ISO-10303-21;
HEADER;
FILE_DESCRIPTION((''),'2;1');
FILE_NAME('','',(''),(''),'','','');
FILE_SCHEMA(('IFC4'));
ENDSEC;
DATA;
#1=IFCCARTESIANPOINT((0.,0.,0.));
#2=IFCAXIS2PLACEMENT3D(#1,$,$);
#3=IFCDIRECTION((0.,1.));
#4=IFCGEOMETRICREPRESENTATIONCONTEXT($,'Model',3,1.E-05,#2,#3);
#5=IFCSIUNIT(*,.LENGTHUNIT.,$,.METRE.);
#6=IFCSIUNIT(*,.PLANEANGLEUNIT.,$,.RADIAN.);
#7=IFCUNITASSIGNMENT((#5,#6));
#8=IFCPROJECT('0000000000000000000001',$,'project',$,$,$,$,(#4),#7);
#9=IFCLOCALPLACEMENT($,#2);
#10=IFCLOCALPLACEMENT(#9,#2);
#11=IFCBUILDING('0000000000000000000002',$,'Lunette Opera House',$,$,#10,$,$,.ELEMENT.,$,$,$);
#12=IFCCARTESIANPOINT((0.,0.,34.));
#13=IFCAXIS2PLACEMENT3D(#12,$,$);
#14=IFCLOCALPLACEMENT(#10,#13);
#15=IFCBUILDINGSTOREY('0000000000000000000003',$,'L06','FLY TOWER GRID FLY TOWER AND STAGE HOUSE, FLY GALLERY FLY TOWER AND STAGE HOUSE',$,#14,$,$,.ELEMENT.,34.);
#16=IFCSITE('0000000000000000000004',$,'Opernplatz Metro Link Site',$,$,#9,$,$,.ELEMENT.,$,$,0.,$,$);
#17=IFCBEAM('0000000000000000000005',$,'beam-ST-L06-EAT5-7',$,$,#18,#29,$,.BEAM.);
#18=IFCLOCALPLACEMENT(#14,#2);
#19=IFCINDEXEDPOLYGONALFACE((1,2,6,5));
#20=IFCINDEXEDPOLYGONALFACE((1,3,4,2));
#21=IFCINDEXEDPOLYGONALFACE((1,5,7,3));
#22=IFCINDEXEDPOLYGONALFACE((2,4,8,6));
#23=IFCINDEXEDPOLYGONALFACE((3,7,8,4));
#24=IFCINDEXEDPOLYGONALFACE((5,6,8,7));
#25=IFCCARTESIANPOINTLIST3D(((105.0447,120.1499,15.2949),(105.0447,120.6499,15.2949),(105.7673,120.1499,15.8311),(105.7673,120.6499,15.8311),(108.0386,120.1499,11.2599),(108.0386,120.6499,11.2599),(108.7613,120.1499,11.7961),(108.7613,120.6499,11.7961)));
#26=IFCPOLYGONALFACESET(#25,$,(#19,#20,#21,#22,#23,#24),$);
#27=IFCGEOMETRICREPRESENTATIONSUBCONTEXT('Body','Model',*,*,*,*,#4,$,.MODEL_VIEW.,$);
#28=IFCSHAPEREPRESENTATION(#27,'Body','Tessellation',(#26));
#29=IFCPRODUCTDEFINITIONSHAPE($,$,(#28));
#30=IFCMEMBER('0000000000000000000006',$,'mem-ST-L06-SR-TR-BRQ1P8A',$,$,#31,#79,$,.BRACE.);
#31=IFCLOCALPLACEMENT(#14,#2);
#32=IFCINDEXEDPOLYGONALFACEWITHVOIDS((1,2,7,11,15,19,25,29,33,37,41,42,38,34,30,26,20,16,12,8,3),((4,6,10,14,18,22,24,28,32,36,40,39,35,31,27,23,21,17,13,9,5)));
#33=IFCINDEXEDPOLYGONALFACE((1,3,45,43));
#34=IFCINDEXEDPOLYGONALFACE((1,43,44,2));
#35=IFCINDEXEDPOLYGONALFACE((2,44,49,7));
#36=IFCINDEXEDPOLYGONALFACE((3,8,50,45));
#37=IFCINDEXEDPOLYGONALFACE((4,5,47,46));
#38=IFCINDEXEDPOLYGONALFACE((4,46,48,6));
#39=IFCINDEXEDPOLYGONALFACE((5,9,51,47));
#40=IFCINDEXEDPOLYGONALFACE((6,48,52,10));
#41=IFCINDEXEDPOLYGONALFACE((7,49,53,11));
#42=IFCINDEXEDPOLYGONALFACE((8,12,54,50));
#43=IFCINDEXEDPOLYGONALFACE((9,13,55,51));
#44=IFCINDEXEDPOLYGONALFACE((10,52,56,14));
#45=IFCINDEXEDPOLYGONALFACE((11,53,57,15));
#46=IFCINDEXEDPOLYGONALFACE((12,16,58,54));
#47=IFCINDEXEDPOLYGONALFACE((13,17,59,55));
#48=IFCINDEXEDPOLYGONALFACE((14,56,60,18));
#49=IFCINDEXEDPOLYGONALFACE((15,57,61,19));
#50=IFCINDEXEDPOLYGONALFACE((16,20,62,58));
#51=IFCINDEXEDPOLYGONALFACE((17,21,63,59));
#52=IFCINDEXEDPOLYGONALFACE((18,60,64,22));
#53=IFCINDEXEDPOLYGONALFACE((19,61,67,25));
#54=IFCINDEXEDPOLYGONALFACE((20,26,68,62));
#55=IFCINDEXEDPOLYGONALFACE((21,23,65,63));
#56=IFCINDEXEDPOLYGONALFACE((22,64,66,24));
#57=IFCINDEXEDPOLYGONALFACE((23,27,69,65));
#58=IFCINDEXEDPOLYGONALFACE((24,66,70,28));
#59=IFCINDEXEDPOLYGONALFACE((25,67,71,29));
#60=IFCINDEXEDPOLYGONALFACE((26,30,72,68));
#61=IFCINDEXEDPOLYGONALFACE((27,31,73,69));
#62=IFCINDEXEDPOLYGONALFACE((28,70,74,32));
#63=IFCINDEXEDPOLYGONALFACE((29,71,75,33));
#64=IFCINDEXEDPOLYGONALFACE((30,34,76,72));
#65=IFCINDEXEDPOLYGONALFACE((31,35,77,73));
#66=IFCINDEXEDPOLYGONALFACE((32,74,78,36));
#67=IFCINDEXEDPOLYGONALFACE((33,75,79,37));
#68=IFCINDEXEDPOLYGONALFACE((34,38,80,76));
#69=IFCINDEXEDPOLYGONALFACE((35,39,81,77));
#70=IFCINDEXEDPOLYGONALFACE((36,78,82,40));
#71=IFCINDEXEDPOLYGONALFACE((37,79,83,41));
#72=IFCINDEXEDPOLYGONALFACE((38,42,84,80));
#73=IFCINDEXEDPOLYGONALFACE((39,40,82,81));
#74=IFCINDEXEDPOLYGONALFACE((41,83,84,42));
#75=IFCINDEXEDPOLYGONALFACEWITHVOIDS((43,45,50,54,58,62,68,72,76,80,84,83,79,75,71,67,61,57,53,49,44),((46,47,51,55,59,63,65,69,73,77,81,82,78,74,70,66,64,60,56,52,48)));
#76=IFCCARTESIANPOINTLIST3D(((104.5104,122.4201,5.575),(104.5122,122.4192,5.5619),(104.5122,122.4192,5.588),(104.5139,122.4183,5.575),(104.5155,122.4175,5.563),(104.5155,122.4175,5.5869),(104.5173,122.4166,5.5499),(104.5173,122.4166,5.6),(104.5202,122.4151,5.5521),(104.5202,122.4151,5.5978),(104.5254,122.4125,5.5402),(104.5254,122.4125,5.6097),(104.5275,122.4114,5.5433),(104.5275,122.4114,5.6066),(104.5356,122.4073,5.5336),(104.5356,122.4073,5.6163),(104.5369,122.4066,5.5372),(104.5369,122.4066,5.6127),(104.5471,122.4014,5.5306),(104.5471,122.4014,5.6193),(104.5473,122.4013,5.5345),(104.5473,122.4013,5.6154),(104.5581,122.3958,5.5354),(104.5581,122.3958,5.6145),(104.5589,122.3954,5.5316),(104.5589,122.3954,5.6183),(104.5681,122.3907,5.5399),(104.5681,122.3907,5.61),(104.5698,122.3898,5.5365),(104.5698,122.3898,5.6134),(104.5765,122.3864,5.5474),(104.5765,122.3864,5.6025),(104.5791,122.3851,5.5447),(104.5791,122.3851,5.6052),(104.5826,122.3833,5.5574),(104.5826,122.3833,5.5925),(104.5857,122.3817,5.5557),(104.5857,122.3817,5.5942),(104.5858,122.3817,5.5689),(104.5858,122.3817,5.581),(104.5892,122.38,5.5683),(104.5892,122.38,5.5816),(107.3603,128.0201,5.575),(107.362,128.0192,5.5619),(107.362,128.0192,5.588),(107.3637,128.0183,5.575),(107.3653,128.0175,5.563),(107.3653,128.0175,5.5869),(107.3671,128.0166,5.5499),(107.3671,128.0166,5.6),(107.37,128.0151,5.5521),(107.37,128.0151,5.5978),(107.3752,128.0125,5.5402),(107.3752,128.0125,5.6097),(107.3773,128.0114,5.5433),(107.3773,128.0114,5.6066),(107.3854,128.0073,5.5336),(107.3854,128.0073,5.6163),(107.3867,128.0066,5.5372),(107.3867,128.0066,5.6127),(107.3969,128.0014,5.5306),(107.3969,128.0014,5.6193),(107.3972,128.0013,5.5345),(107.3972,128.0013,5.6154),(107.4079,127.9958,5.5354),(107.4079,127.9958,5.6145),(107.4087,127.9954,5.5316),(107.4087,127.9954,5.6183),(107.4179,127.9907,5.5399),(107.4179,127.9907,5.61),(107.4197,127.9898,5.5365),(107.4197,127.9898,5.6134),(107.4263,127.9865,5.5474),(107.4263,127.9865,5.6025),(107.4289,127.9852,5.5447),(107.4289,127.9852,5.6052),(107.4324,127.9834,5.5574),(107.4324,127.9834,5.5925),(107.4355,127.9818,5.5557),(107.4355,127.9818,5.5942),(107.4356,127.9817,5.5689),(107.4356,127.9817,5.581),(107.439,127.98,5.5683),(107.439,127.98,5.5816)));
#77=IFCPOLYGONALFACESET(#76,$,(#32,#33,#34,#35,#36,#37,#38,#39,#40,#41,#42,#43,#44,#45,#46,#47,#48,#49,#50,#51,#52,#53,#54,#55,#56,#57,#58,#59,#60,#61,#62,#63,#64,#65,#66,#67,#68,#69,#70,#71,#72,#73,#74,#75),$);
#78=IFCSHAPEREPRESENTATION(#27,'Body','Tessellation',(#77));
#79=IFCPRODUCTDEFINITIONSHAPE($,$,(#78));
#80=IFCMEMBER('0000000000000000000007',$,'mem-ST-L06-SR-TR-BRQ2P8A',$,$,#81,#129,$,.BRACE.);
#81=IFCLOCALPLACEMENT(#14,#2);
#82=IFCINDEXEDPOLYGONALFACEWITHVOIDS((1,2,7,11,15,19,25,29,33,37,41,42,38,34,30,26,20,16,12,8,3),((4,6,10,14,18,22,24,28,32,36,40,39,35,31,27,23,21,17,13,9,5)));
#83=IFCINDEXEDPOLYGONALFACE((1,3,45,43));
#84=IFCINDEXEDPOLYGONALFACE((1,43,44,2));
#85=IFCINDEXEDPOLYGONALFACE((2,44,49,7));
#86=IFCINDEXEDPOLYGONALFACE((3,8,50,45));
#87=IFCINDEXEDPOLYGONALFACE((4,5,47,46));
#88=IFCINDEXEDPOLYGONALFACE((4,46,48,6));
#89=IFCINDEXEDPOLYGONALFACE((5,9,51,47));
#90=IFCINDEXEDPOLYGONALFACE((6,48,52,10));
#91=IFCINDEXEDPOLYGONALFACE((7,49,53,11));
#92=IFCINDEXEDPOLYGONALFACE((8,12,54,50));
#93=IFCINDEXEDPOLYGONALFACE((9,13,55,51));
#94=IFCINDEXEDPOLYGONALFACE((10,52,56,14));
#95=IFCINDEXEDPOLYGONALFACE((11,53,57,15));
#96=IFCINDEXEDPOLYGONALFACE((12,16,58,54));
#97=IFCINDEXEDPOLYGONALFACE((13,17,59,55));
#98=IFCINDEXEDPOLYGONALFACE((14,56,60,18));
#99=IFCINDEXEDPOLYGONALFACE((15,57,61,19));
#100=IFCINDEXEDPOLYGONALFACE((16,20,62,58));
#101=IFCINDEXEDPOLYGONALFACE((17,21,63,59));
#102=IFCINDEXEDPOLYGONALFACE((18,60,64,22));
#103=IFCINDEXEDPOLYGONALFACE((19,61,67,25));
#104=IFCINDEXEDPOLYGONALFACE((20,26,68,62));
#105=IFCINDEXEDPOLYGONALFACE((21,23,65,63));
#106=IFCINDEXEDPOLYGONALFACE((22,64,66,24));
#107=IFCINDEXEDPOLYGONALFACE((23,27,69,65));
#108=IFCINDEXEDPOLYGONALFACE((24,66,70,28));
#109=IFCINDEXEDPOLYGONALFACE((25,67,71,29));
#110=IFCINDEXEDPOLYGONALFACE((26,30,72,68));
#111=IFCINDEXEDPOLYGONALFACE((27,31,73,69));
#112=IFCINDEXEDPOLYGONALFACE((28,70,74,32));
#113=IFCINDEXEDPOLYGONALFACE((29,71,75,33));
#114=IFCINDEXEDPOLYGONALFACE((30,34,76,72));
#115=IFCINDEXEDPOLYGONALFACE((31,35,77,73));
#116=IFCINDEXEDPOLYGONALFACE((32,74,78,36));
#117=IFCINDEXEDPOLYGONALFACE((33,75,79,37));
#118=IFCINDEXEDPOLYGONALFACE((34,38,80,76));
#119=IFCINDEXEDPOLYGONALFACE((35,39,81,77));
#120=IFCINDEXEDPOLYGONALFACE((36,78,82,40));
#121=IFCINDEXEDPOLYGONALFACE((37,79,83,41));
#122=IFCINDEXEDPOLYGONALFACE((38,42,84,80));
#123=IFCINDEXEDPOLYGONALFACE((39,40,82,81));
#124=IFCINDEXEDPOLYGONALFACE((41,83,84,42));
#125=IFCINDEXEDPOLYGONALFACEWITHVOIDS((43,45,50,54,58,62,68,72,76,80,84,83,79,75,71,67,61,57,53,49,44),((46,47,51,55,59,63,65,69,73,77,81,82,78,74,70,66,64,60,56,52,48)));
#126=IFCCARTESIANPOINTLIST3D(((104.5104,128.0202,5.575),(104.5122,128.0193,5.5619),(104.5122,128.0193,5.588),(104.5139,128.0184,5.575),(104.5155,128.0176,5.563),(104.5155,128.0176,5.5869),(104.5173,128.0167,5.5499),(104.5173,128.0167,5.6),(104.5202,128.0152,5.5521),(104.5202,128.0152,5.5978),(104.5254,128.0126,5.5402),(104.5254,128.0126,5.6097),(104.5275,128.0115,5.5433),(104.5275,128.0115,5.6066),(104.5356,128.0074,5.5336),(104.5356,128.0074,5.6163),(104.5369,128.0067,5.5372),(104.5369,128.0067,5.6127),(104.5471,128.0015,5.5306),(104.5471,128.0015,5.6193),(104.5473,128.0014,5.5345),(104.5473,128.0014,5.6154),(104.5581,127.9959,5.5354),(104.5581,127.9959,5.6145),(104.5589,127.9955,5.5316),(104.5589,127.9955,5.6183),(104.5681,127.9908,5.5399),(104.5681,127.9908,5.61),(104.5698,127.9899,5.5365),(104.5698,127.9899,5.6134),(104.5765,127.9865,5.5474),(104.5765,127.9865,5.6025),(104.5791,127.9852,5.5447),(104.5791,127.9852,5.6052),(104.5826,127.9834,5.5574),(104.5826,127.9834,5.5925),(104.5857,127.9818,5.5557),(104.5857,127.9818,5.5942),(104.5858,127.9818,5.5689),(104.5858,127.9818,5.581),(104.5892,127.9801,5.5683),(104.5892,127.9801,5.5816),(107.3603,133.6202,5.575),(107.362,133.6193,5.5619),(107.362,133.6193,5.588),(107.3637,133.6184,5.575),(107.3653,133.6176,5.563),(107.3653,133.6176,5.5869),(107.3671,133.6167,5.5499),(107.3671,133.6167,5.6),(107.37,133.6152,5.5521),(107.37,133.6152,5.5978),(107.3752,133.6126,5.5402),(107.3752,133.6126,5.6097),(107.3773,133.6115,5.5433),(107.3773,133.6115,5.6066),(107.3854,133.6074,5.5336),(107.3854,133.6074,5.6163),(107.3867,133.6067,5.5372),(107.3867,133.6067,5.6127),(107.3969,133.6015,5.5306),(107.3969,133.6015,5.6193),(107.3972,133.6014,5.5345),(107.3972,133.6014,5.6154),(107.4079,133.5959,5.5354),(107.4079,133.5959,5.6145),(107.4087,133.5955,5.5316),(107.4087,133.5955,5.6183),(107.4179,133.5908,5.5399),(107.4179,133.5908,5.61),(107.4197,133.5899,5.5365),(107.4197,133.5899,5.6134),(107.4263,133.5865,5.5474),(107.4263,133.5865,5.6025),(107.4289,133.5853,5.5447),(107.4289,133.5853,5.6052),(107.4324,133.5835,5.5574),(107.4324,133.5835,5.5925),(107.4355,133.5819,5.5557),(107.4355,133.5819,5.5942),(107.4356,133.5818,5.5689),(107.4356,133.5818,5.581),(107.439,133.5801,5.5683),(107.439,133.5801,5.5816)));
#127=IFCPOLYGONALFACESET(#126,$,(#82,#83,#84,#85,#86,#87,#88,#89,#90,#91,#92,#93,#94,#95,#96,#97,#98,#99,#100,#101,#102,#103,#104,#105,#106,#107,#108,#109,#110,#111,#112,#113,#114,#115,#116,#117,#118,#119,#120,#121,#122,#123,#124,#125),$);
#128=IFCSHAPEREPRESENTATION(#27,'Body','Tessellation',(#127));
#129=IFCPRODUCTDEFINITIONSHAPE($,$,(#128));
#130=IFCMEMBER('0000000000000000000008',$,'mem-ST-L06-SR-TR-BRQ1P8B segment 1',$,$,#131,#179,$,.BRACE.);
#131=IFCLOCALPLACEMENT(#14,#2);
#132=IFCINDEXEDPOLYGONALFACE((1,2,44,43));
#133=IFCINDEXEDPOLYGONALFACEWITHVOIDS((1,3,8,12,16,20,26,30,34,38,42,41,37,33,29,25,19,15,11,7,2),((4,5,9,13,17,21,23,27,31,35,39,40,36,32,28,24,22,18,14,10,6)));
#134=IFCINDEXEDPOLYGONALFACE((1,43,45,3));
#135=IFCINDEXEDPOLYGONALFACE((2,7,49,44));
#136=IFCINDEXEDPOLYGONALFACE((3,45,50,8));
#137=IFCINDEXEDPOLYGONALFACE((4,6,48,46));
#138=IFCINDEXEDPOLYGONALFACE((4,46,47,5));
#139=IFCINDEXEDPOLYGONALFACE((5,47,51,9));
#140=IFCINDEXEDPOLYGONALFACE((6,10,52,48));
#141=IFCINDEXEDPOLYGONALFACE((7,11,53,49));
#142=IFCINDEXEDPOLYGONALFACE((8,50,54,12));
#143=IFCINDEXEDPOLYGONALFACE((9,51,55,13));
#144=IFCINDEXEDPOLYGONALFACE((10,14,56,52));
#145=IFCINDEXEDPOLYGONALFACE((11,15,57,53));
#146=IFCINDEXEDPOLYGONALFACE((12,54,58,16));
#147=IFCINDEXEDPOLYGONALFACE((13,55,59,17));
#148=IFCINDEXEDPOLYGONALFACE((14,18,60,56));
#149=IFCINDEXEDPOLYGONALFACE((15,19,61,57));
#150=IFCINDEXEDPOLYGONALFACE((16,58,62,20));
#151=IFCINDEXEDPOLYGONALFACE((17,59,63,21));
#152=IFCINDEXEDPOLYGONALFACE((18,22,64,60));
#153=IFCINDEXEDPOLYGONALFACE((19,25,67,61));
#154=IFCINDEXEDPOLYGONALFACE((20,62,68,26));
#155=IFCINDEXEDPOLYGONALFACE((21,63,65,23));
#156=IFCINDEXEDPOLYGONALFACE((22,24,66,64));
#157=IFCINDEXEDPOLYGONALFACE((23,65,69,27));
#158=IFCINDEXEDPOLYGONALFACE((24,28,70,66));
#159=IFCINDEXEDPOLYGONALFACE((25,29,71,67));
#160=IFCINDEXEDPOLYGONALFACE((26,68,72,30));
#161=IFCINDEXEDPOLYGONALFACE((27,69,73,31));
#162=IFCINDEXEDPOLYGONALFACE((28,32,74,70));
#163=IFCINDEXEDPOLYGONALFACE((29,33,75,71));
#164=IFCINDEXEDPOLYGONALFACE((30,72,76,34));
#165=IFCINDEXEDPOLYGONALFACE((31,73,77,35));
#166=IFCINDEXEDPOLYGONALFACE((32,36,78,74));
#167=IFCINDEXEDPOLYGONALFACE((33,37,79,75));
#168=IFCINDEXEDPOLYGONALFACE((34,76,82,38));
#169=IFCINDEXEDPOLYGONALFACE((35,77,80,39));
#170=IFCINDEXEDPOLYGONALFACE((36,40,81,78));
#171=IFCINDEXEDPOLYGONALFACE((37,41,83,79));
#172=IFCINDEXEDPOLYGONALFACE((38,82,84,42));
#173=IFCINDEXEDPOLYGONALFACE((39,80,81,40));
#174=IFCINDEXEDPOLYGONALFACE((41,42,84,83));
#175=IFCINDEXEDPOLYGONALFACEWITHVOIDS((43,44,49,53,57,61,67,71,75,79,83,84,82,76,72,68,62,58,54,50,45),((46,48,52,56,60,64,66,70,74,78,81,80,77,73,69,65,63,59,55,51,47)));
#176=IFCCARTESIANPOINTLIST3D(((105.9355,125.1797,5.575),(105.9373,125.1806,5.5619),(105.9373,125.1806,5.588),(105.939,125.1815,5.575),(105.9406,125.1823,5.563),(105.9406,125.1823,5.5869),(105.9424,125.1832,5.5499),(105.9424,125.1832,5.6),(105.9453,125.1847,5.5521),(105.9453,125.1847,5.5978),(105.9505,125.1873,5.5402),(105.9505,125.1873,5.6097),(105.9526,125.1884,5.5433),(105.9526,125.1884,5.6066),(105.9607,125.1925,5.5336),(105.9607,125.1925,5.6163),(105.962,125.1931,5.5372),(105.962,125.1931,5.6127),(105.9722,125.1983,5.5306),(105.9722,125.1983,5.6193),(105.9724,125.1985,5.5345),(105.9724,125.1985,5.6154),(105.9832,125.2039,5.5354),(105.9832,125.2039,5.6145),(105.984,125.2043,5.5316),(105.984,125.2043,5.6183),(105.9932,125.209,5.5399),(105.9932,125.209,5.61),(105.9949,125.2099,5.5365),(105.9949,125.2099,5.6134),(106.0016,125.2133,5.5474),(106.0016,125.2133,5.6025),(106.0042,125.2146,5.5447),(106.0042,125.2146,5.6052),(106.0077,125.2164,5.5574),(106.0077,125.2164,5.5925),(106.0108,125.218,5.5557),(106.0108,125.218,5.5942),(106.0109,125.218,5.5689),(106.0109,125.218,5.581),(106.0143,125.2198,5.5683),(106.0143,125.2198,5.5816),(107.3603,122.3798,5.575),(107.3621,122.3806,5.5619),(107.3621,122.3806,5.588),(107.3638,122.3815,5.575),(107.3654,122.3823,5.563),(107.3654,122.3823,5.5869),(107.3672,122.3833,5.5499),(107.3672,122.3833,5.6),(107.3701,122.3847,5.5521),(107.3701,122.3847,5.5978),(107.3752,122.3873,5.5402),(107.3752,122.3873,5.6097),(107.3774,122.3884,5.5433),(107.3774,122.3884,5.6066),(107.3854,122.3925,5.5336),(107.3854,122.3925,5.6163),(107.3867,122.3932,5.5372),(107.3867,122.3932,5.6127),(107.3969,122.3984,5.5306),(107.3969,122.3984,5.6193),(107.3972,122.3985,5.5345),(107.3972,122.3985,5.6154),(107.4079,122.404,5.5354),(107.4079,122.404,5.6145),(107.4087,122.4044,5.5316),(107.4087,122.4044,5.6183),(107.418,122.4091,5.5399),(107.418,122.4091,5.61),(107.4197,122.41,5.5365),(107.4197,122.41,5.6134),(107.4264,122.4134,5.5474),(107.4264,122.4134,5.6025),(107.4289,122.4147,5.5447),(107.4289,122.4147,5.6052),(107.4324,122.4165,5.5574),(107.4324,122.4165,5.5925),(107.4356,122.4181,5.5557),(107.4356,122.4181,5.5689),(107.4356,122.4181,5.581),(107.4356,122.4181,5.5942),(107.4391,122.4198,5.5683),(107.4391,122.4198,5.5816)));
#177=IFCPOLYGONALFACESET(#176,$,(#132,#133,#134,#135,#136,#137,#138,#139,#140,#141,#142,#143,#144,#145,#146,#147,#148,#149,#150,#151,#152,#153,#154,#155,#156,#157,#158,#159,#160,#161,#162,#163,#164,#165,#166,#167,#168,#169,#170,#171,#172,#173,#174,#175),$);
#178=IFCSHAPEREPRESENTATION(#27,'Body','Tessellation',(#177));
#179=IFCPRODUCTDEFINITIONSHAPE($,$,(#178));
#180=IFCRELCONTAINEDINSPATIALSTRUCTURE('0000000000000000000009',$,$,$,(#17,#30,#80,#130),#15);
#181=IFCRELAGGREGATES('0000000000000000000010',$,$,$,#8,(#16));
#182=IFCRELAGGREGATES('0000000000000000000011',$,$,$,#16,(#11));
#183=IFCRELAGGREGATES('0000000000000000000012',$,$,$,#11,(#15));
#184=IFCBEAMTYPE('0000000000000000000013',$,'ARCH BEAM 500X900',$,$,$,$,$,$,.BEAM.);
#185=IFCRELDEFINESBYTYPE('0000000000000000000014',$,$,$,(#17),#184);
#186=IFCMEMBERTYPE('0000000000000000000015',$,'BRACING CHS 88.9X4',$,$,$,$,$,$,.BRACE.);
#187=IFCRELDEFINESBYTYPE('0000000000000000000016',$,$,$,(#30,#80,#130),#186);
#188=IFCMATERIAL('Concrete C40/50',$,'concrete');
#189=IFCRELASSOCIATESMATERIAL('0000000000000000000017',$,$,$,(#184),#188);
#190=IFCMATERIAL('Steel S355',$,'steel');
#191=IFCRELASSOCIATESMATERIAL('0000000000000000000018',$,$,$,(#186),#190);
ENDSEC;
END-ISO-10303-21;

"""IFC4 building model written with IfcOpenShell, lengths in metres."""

from ifc_helpers import new_model, si_unit, direction, frame, origin, origin_2d, place, context, subcontext, project, spatial, rectangle, hollow_circle, extrude, material, material_profile, profile_set, type_object, element, save


model = new_model("IFC4")

# Units and contexts
model_context = context("Model", 3, precision=1e-05, world=origin(), true_north=direction((0.0, 1.0)))
body_context = subcontext(model_context, "Body", "Model", "MODEL_VIEW")
ifc_project = project(units=[si_unit("LENGTHUNIT", "METRE"), si_unit("PLANEANGLEUNIT", "RADIAN")], contexts=[model_context])

# Site, building, storey
site_placement = place(None, origin())
site = spatial("IfcSite", under=ifc_project, at=site_placement, Name="Opernplatz Metro Link Site", CompositionType="ELEMENT", RefElevation=0.0)
building_placement = place(site_placement, origin())
building = spatial("IfcBuilding", under=site, at=building_placement, Name="Lunette Opera House", CompositionType="ELEMENT")
storey_placement = place(building_placement, frame((0.0, 0.0, 34.0)))
storey = spatial("IfcBuildingStorey", under=building, at=storey_placement, Name="L06", Description="FLY TOWER GRID FLY TOWER AND STAGE HOUSE, FLY GALLERY FLY TOWER AND STAGE HOUSE", CompositionType="ELEMENT", Elevation=34.0)

# Beam
ifc_material_1 = material(Name="Concrete C40/50", Category="concrete")
ifc_material_profile_1 = material_profile(ifc_material_1, rectangle(XDim=0.5, YDim=0.8999, at=origin_2d()), Name="ARCH BEAM 500X900")
ifc_profile_set_1 = profile_set([ifc_material_profile_1], Name="Concrete C40/50")
beam_type = type_object("IfcBeamType", Name="ARCH BEAM 500X900", PredefinedType="BEAM", material=ifc_profile_set_1)
beam_placement = place(storey_placement, frame((105.406, 120.3999, 15.563), z_axis=(0.595879, 0.0, -0.803074), x_axis=(0.0, 1.0, 0.0)))
element("IfcBeam", 1, at=beam_placement, inside=storey, type_object=beam_type, Name="beam-ST-L06-EAT5-7", PredefinedType="BEAM", context=body_context, shape_type="SweptSolid", body=[
    extrude(rectangle(XDim=0.5, YDim=0.8999, at=origin_2d()), origin(), (0.0, 0.0, 1.0), 5.0244),
])

# Members
ifc_material_2 = material(Name="Steel S355", Category="steel")
ifc_material_profile_2 = material_profile(ifc_material_2, hollow_circle(Radius=0.0444, WallThickness=0.0039, at=origin_2d()), Name="CHS 88.9X4")
ifc_profile_set_2 = profile_set([ifc_material_profile_2], Name="Steel S355")
member_type_1 = type_object("IfcMemberType", Name="BRACING CHS 88.9X4", PredefinedType="BRACE", material=ifc_profile_set_2)
for number, where, z_axis, x_axis, name in (
    (2, (104.55, 122.3999, 5.575), (0.453543, 0.891234, 0.0), (-0.891234, 0.453543, 0.0), "mem-ST-L06-SR-TR-BRQ1P8A"),
    (3, (104.55, 128.0, 5.575), (0.453543, 0.891234, 0.0), (-0.891234, 0.453543, 0.0), "mem-ST-L06-SR-TR-BRQ2P8A"),
):
    element("IfcMember", number, at=place(storey_placement, frame(where, z_axis=z_axis, x_axis=x_axis)), inside=storey, type_object=member_type_1, Name=name, PredefinedType="BRACE", context=body_context, shape_type="SweptSolid", body=[
        extrude(hollow_circle(Radius=0.0444, WallThickness=0.0039, at=origin_2d()), origin(), (0.0, 0.0, 1.0), 6.2834),
    ])
member_1_placement = place(storey_placement, frame((107.3999, 122.3999, 5.575), z_axis=(-0.453512, 0.89125, 0.0), x_axis=(-0.89125, -0.453512, 0.0)))
element("IfcMember", 4, at=member_1_placement, inside=storey, type_object=member_type_1, Name="mem-ST-L06-SR-TR-BRQ1P8B segment 1", PredefinedType="BRACE", context=body_context, shape_type="SweptSolid", body=[
    extrude(hollow_circle(Radius=0.0444, WallThickness=0.0039, at=origin_2d()), origin(), (0.0, 0.0, 1.0), 3.1416),
])

save(model, "model.ifc")
